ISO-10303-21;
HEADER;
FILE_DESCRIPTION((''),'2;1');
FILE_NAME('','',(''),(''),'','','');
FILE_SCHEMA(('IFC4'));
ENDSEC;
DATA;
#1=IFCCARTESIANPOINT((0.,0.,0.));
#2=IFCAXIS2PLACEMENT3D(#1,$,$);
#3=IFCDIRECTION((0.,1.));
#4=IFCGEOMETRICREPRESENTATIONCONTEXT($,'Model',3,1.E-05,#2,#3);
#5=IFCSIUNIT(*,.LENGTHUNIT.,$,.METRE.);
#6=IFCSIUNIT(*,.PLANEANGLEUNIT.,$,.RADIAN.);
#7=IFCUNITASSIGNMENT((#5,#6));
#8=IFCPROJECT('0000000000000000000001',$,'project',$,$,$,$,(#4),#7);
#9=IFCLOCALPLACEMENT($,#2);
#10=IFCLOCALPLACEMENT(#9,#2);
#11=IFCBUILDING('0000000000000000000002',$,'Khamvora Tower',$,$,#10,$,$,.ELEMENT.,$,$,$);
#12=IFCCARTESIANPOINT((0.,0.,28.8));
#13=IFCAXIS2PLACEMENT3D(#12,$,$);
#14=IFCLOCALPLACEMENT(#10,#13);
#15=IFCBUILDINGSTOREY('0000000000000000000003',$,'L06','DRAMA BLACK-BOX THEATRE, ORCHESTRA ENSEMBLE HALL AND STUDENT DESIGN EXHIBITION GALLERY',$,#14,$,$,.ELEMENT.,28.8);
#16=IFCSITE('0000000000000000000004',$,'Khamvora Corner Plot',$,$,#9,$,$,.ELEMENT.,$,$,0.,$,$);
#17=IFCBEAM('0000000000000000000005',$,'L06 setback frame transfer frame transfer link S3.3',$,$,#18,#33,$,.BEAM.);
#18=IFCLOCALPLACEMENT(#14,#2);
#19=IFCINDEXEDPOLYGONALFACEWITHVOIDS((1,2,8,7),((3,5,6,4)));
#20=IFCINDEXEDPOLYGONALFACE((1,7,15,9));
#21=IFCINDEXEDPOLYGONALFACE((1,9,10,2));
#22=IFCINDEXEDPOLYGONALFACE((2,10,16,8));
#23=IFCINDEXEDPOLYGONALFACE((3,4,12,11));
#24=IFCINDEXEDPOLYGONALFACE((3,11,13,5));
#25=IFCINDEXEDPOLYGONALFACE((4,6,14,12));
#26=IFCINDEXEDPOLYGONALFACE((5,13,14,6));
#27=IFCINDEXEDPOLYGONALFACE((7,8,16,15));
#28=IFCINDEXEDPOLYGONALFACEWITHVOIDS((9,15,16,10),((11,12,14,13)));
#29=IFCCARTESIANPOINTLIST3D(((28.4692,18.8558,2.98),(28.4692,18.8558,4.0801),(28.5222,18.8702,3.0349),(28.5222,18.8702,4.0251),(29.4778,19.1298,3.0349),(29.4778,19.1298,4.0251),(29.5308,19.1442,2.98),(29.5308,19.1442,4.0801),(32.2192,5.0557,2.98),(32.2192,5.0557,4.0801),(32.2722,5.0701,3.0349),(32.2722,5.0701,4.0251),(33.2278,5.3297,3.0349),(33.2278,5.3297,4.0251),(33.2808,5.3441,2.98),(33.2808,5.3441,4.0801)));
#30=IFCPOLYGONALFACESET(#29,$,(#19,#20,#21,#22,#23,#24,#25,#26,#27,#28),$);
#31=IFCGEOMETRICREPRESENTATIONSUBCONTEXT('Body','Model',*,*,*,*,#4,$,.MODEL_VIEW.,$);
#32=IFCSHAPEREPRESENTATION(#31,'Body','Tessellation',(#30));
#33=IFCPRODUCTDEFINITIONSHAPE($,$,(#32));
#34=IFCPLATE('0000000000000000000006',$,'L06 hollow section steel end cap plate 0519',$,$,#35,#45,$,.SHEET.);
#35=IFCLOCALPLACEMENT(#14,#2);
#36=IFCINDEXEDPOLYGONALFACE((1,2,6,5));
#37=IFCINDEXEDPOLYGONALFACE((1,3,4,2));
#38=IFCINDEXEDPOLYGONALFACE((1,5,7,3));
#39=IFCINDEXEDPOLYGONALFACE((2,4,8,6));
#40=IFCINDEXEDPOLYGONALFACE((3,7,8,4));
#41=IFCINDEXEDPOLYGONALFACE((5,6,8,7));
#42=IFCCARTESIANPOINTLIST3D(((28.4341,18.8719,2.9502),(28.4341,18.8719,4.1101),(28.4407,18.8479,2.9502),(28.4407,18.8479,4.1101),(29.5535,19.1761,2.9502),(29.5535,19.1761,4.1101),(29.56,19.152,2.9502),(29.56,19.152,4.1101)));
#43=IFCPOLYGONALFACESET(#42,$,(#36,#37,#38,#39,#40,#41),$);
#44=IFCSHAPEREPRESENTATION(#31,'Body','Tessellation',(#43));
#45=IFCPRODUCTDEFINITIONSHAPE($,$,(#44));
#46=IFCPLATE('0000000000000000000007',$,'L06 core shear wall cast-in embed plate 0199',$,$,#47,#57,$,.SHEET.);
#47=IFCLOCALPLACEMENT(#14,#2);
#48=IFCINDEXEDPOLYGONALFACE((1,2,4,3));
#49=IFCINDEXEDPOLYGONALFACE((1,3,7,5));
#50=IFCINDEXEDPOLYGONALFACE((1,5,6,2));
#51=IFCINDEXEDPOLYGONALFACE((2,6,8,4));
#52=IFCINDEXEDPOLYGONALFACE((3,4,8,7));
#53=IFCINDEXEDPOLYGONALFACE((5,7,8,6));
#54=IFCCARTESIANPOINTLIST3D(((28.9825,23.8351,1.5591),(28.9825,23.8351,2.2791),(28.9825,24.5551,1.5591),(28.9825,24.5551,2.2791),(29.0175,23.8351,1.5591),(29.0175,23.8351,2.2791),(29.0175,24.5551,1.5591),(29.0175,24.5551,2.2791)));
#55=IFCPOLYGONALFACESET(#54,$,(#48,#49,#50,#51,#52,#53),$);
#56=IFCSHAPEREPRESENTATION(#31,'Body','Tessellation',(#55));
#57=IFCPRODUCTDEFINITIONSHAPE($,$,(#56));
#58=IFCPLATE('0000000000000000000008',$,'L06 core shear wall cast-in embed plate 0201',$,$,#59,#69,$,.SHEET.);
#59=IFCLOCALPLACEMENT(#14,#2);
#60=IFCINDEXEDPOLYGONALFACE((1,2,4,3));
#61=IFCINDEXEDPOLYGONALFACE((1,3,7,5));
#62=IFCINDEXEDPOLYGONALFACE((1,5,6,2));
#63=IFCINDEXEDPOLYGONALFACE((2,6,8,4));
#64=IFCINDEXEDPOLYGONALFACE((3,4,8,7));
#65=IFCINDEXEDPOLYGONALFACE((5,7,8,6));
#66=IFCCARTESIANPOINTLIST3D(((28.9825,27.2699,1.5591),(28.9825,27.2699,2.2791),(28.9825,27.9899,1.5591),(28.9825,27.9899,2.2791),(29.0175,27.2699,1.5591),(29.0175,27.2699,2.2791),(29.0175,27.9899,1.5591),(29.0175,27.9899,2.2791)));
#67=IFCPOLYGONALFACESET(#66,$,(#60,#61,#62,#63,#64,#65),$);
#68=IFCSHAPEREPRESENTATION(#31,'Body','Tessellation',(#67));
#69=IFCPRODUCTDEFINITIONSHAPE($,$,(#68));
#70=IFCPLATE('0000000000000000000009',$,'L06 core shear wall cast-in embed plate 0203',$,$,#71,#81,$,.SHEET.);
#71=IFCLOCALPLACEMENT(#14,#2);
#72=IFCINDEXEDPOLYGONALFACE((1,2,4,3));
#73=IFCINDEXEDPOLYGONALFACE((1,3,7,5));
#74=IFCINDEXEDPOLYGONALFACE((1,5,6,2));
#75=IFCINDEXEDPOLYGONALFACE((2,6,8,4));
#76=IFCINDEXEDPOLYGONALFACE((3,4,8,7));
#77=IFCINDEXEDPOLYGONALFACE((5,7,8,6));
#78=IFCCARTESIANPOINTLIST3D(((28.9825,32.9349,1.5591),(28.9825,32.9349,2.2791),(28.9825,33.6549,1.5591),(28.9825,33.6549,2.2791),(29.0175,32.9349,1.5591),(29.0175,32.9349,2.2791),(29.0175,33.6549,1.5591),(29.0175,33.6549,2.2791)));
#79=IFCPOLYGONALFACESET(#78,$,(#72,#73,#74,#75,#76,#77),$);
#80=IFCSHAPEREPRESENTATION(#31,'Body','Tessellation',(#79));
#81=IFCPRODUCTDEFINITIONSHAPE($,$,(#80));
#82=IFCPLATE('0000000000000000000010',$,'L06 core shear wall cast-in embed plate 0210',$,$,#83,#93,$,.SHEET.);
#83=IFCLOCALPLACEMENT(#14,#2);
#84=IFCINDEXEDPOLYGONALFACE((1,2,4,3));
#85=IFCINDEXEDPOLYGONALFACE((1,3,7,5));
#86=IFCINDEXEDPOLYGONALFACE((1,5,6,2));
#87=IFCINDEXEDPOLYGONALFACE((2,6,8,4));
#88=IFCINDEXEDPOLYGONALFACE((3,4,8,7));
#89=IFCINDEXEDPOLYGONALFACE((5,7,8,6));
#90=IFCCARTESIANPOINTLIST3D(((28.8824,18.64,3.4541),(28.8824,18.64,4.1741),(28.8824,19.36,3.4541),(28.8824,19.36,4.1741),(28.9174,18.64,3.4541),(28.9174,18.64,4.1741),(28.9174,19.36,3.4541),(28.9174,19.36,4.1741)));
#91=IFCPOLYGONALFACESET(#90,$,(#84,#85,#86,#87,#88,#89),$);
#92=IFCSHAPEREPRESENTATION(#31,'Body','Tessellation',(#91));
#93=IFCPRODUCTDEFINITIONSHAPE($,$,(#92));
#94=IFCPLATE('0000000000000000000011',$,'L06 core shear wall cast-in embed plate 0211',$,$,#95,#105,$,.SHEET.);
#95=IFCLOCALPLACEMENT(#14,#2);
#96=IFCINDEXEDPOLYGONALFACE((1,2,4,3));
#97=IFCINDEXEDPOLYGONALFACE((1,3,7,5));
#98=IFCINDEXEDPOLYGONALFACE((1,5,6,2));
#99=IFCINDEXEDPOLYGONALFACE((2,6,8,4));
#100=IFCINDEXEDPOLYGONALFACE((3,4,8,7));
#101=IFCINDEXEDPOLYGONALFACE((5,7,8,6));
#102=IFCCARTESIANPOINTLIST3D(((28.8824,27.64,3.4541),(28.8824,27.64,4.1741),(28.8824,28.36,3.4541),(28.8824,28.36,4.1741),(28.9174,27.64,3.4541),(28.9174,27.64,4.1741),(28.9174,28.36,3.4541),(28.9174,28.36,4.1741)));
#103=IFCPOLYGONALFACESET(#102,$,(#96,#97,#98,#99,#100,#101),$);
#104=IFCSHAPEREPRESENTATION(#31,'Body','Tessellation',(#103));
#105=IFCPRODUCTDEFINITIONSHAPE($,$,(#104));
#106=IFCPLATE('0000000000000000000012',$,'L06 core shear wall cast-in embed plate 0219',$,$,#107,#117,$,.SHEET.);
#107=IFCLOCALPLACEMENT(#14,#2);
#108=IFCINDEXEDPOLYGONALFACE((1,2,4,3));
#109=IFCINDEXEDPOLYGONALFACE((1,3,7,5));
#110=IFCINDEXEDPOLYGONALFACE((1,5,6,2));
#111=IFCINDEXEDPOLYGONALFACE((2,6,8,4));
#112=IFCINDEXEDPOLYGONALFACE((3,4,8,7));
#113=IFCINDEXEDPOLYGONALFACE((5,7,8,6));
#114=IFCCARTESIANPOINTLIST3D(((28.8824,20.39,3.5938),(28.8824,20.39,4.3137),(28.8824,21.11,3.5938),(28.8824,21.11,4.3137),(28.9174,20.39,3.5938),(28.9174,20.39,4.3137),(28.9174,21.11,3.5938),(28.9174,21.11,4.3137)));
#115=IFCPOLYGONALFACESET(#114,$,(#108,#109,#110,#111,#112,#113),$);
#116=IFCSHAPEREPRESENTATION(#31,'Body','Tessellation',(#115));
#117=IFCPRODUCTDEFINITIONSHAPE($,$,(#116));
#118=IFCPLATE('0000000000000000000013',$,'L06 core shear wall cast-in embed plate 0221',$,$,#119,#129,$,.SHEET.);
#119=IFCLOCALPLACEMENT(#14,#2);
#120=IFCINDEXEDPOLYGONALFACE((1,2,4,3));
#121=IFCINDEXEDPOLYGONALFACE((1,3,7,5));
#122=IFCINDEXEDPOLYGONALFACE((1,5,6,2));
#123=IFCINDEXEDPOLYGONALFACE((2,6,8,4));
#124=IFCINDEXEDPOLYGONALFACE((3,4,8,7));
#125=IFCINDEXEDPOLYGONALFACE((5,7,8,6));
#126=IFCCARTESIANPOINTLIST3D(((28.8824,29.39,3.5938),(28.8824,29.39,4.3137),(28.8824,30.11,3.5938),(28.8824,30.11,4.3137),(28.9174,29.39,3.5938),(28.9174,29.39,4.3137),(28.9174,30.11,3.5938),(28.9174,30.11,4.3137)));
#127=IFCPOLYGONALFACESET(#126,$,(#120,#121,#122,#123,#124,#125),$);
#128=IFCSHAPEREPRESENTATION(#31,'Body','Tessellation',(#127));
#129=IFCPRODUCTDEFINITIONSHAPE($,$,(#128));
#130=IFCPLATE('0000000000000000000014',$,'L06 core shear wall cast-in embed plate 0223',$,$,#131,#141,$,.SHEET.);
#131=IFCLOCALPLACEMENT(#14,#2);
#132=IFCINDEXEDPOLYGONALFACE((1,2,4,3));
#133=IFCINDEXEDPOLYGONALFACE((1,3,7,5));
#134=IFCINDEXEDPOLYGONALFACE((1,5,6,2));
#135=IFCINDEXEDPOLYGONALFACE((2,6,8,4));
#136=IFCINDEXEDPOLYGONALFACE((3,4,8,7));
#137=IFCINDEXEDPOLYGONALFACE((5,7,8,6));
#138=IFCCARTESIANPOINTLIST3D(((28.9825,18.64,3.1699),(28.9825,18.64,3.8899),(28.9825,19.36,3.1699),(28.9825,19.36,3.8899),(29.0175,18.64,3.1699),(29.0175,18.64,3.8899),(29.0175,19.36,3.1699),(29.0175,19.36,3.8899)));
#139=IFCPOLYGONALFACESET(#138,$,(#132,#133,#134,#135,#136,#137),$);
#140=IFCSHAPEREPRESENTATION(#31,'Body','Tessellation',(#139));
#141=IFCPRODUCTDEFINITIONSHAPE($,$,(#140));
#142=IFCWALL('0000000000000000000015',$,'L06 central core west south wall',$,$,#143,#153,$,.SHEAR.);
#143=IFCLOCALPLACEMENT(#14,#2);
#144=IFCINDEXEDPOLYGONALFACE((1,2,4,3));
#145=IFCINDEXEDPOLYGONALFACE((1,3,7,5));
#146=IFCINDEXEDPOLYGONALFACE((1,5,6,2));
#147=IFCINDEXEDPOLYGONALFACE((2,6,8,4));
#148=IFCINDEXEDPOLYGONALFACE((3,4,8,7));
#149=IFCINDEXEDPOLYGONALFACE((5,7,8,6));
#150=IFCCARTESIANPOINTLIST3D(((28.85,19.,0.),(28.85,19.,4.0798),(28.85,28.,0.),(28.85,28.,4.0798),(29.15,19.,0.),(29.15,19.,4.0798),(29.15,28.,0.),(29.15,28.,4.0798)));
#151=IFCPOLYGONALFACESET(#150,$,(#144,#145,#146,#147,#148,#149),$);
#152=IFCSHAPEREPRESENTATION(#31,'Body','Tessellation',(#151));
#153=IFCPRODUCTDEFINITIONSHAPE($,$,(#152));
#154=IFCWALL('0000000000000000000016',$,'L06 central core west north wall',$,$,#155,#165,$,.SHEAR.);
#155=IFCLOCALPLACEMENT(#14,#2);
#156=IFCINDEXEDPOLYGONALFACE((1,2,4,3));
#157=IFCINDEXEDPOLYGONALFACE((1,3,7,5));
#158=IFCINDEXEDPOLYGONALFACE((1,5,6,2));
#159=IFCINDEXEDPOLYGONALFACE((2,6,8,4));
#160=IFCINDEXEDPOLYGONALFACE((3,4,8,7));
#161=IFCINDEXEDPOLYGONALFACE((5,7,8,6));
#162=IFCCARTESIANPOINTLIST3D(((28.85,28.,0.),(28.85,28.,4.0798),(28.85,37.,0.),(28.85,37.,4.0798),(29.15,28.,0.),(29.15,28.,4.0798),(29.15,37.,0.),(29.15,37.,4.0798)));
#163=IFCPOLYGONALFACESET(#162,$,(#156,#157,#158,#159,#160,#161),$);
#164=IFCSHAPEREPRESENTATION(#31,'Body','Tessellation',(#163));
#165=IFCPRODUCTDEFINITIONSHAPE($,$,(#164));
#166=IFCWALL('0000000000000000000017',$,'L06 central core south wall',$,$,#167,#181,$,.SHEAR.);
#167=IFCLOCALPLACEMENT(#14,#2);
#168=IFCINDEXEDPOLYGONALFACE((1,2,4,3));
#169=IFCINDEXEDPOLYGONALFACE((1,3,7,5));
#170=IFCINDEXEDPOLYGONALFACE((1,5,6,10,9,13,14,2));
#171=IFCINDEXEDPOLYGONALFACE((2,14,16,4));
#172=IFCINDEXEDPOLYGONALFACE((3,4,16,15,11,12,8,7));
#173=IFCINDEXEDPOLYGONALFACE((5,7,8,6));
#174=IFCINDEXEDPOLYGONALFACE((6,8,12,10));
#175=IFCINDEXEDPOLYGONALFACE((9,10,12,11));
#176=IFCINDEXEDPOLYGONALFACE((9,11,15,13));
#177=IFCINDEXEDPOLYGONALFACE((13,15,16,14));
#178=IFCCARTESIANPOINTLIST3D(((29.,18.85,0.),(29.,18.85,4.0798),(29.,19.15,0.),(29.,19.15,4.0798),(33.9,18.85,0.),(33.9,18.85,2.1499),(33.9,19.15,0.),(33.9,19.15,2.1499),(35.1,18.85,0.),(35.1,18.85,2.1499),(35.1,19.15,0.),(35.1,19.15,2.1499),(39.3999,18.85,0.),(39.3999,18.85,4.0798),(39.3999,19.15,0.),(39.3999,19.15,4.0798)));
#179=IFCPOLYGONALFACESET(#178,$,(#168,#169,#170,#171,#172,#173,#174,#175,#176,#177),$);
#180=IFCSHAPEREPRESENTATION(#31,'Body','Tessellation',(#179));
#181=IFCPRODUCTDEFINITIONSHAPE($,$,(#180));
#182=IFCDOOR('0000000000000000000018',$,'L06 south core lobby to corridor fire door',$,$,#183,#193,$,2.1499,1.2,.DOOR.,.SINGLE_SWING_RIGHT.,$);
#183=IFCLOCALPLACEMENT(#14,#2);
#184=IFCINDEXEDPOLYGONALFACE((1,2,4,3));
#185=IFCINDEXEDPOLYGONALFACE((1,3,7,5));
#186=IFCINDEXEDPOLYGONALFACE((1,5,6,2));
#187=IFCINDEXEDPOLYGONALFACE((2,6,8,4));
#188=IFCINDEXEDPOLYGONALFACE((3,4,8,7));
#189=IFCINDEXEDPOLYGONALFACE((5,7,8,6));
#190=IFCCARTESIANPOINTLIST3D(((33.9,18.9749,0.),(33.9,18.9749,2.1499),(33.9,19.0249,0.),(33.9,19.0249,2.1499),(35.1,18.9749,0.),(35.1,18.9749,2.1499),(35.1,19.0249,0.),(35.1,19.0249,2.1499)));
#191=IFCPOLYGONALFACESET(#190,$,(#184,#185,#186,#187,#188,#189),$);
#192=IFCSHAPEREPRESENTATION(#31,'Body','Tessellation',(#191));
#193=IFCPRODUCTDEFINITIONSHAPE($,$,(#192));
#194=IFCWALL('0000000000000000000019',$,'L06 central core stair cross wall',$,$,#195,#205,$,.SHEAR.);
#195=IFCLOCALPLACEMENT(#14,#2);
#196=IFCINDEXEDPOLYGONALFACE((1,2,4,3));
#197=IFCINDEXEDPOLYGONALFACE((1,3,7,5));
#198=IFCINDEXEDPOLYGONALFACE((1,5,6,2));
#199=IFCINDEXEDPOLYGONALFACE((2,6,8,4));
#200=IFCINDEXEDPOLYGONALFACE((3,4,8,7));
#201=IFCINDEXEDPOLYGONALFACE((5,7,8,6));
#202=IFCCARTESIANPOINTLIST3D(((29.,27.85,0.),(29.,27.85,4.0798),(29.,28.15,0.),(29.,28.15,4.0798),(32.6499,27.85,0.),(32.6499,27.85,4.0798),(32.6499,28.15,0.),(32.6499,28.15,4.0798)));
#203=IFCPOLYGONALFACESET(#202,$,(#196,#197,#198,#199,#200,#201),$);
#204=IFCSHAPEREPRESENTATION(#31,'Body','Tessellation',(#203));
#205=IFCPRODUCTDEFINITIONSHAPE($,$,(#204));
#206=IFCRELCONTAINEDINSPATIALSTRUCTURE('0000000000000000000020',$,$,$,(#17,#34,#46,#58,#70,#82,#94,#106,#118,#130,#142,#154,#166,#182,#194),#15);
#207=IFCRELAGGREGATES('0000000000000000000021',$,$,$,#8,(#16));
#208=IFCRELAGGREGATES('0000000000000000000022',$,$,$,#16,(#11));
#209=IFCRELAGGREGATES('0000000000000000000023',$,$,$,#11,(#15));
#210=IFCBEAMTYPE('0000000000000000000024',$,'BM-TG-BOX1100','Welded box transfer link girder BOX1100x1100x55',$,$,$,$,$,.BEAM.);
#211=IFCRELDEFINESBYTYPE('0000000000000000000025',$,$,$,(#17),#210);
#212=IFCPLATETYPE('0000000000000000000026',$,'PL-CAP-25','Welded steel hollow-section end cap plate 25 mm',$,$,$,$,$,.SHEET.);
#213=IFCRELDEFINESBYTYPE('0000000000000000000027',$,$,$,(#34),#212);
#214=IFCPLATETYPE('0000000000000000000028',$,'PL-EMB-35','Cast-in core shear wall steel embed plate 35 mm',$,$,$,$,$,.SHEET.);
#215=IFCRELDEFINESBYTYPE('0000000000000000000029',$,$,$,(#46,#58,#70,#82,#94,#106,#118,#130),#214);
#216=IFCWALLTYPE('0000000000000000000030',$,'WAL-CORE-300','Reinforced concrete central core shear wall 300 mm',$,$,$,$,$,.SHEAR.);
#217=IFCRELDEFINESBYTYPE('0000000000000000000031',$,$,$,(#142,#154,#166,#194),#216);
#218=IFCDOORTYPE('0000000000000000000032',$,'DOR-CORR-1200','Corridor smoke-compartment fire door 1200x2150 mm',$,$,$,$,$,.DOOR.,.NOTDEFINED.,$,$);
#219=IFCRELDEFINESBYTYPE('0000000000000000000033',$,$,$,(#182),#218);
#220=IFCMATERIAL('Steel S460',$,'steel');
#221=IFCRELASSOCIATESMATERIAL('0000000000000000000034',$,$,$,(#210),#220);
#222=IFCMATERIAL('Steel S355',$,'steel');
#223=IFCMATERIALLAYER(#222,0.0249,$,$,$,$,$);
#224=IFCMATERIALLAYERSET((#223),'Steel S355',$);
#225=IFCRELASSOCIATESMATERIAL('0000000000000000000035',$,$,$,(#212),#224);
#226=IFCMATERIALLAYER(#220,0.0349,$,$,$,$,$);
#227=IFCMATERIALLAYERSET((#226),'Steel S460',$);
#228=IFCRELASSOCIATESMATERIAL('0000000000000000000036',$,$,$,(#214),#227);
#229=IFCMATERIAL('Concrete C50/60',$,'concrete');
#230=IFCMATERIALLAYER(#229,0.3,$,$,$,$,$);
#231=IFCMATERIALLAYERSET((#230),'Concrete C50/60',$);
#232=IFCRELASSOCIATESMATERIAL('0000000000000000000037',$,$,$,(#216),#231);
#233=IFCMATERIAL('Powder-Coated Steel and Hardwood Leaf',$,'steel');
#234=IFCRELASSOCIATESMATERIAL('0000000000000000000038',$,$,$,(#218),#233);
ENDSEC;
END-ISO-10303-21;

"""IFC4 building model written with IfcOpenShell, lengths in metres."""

from ifc_helpers import new_model, si_unit, direction, frame, frame_2d, origin, origin_2d, place, context, subcontext, project, spatial, rectangle, hollow_rectangle, extrude, material, layer, layer_set, material_profile, profile_set, type_object, element, fill, save


model = new_model("IFC4")

# Units and contexts
model_context = context("Model", 3, precision=1e-05, world=origin(), true_north=direction((0.0, 1.0)))
body_context = subcontext(model_context, "Body", "Model", "MODEL_VIEW")
ifc_project = project(units=[si_unit("LENGTHUNIT", "METRE"), si_unit("PLANEANGLEUNIT", "RADIAN")], contexts=[model_context])

# Site, building, storey
site_placement = place(None, origin())
site = spatial("IfcSite", under=ifc_project, at=site_placement, Name="Khamvora Corner Plot", CompositionType="ELEMENT", RefElevation=0.0)
building_placement = place(site_placement, origin())
building = spatial("IfcBuilding", under=site, at=building_placement, Name="Khamvora Tower", CompositionType="ELEMENT")
storey_placement = place(building_placement, frame((0.0, 0.0, 28.8)))
storey = spatial("IfcBuildingStorey", under=building, at=storey_placement, Name="L06", Description="DRAMA BLACK-BOX THEATRE, ORCHESTRA ENSEMBLE HALL AND STUDENT DESIGN EXHIBITION GALLERY", CompositionType="ELEMENT", Elevation=28.8)

# Shared definitions
ifc_material_1 = material(Name="Steel S460", Category="steel")

# Beam
ifc_material_2 = material(Name="Steel S355", Category="steel")
ifc_material_profile_1 = material_profile(ifc_material_1, hollow_rectangle(XDim=1.1001, YDim=1.1001, WallThickness=0.0549, at=origin_2d()), Name="BOX1100x1100x55")
ifc_profile_set_1 = profile_set([ifc_material_profile_1], Name="Steel S460")
beam_type_1 = type_object("IfcBeamType", Name="BM-TG-BOX1100", Description="Welded box transfer link girder BOX1100x1100x55", PredefinedType="BEAM", material=ifc_profile_set_1)
beam_placement = place(storey_placement, frame((29.0, 19.0, 3.53), z_axis=(0.262229, -0.965006, 0.0), x_axis=(0.965006, 0.262229, 0.0)))
element("IfcBeam", 1, at=beam_placement, inside=storey, type_object=beam_type_1, Name="L06 setback frame transfer frame transfer link S3.3", PredefinedType="BEAM", context=body_context, shape_type="SweptSolid", body=[
    extrude(hollow_rectangle(XDim=1.1001, YDim=1.1001, WallThickness=0.0549, at=origin_2d()), origin(), (0.0, 0.0, 1.0), 14.3005),
])

# Plates
ifc_layer_1 = layer(ifc_material_2, 0.0249)
ifc_layer_set_1 = layer_set([ifc_layer_1], Name="Steel S355")
plate_type_1 = type_object("IfcPlateType", Name="PL-CAP-25", Description="Welded steel hollow-section end cap plate 25 mm", PredefinedType="SHEET", material=ifc_layer_set_1)
plate_placement = place(storey_placement, frame((28.9971, 19.012, 2.9502), z_axis=(0.0, 0.0, 1.0), x_axis=(0.262223, -0.965007, 0.0)))
element("IfcPlate", 2, at=plate_placement, inside=storey, type_object=plate_type_1, Name="L06 hollow section steel end cap plate 0519", PredefinedType="SHEET", context=body_context, shape_type="SweptSolid", body=[
    extrude(rectangle(XDim=0.0249, YDim=1.1599, at=origin_2d()), origin(), (0.0, 0.0, 1.0), 1.1599),
])
ifc_layer_2 = layer(ifc_material_1, 0.0349)
ifc_layer_set_2 = layer_set([ifc_layer_2], Name="Steel S460")
plate_type_2 = type_object("IfcPlateType", Name="PL-EMB-35", Description="Cast-in core shear wall steel embed plate 35 mm", PredefinedType="SHEET", material=ifc_layer_set_2)
for number, where, z_axis, x_axis, name in (
    (3, (29.0, 24.1951, 1.5591), (0.0, 0.0, 1.0), (1.0, 0.0, 0.0), "L06 core shear wall cast-in embed plate 0199"),
    (4, (29.0, 27.6299, 1.5591), (0.0, 0.0, 1.0), (1.0, 0.0, 0.0), "L06 core shear wall cast-in embed plate 0201"),
    (5, (29.0, 33.2949, 1.5591), (0.0, 0.0, 1.0), (1.0, 0.0, 0.0), "L06 core shear wall cast-in embed plate 0203"),
    (6, (28.8999, 19.0, 3.4541), (0.0, 0.0, 1.0), (1.0, 0.0, 0.0), "L06 core shear wall cast-in embed plate 0210"),
    (7, (28.8999, 28.0, 3.4541), (0.0, 0.0, 1.0), (1.0, 0.0, 0.0), "L06 core shear wall cast-in embed plate 0211"),
    (8, (28.8999, 20.75, 3.5938), (0.0, 0.0, 1.0), (1.0, 0.0, 0.0), "L06 core shear wall cast-in embed plate 0219"),
    (9, (28.8999, 29.75, 3.5938), (0.0, 0.0, 1.0), (1.0, 0.0, 0.0), "L06 core shear wall cast-in embed plate 0221"),
    (10, (29.0, 19.0, 3.1699), (0.0, 0.0, 1.0), (1.0, 0.0, 0.0), "L06 core shear wall cast-in embed plate 0223"),
):
    element("IfcPlate", number, at=place(storey_placement, frame(where, z_axis=z_axis, x_axis=x_axis)), inside=storey, type_object=plate_type_2, Name=name, PredefinedType="SHEET", context=body_context, shape_type="SweptSolid", body=[
        extrude(rectangle(XDim=0.0349, YDim=0.72, at=origin_2d()), origin(), (0.0, 0.0, 1.0), 0.72),
    ])

# Walls
ifc_material_3 = material(Name="Concrete C50/60", Category="concrete")
ifc_layer_3 = layer(ifc_material_3, 0.3)
ifc_layer_set_3 = layer_set([ifc_layer_3], Name="Concrete C50/60")
wall_type_1 = type_object("IfcWallType", Name="WAL-CORE-300", Description="Reinforced concrete central core shear wall 300 mm", PredefinedType="SHEAR", material=ifc_layer_set_3)
for number, where, z_axis, x_axis, name in (
    (11, (29.0, 19.0, 0.0), (0.0, 0.0, 1.0), (0.0, 1.0, 0.0), "L06 central core west south wall"),
    (12, (29.0, 28.0, 0.0), (0.0, 0.0, 1.0), (0.0, 1.0, 0.0), "L06 central core west north wall"),
):
    element("IfcWall", number, at=place(storey_placement, frame(where, z_axis=z_axis, x_axis=x_axis)), inside=storey, type_object=wall_type_1, Name=name, PredefinedType="SHEAR", context=body_context, shape_type="SweptSolid", body=[
        extrude(rectangle(XDim=9.0, YDim=0.3, at=frame_2d((4.5, 0.0))), origin(), (0.0, 0.0, 1.0), 4.0798),
    ])

# Wall, opening, door
wall_1_placement = place(storey_placement, frame((29.0, 19.0, 0.0), z_axis=(0.0, 0.0, 1.0), x_axis=(1.0, 0.0, 0.0)))
wall_1 = element("IfcWall", 13, at=wall_1_placement, inside=storey, type_object=wall_type_1, Name="L06 central core south wall", PredefinedType="SHEAR", context=body_context, shape_type="SweptSolid", body=[
    extrude(rectangle(XDim=10.3999, YDim=0.3, at=frame_2d((5.2, 0.0))), origin(), (0.0, 0.0, 1.0), 4.0798),
])
opening_1_placement = place(wall_1_placement, frame((4.8999, 0.0, 0.0)))
opening_1 = element("IfcOpeningElement", 14, at=opening_1_placement, cuts=wall_1, PredefinedType="OPENING", context=body_context, shape_type="SweptSolid", body=[
    extrude(rectangle(XDim=1.2, YDim=2.1499, at=frame_2d((0.6001, 1.075))), frame((0.0, 0.1599, 0.0), z_axis=(0.0, -1.0, 0.0), x_axis=(1.0, 0.0, 0.0)), (0.0, 0.0, 1.0), 0.3201),
])
ifc_material_4 = material(Name="Powder-Coated Steel and Hardwood Leaf", Category="steel")
door_type_1 = type_object("IfcDoorType", Name="DOR-CORR-1200", Description="Corridor smoke-compartment fire door 1200x2150 mm", OperationType="NOTDEFINED", PredefinedType="DOOR", material=ifc_material_4)
door_1_placement = place(opening_1_placement, origin())
door_1 = element("IfcDoor", 15, at=door_1_placement, inside=storey, type_object=door_type_1, Name="L06 south core lobby to corridor fire door", OperationType="SINGLE_SWING_RIGHT", OverallHeight=2.1499, OverallWidth=1.2, PredefinedType="DOOR", context=body_context, shape_type="SweptSolid", body=[
    extrude(rectangle(XDim=1.2, YDim=2.1499, at=frame_2d((0.6001, 1.075))), frame((0.0, 0.0249, 0.0), z_axis=(0.0, -1.0, 0.0), x_axis=(1.0, 0.0, 0.0)), (0.0, 0.0, 1.0), 0.05),
])
fill(opening_1, door_1)

# Wall
wall_2_placement = place(storey_placement, frame((29.0, 28.0, 0.0), z_axis=(0.0, 0.0, 1.0), x_axis=(1.0, 0.0, 0.0)))
element("IfcWall", 16, at=wall_2_placement, inside=storey, type_object=wall_type_1, Name="L06 central core stair cross wall", PredefinedType="SHEAR", context=body_context, shape_type="SweptSolid", body=[
    extrude(rectangle(XDim=3.6499, YDim=0.3, at=frame_2d((1.825, 0.0))), origin(), (0.0, 0.0, 1.0), 4.0798),
])

save(model, "model.ifc")
